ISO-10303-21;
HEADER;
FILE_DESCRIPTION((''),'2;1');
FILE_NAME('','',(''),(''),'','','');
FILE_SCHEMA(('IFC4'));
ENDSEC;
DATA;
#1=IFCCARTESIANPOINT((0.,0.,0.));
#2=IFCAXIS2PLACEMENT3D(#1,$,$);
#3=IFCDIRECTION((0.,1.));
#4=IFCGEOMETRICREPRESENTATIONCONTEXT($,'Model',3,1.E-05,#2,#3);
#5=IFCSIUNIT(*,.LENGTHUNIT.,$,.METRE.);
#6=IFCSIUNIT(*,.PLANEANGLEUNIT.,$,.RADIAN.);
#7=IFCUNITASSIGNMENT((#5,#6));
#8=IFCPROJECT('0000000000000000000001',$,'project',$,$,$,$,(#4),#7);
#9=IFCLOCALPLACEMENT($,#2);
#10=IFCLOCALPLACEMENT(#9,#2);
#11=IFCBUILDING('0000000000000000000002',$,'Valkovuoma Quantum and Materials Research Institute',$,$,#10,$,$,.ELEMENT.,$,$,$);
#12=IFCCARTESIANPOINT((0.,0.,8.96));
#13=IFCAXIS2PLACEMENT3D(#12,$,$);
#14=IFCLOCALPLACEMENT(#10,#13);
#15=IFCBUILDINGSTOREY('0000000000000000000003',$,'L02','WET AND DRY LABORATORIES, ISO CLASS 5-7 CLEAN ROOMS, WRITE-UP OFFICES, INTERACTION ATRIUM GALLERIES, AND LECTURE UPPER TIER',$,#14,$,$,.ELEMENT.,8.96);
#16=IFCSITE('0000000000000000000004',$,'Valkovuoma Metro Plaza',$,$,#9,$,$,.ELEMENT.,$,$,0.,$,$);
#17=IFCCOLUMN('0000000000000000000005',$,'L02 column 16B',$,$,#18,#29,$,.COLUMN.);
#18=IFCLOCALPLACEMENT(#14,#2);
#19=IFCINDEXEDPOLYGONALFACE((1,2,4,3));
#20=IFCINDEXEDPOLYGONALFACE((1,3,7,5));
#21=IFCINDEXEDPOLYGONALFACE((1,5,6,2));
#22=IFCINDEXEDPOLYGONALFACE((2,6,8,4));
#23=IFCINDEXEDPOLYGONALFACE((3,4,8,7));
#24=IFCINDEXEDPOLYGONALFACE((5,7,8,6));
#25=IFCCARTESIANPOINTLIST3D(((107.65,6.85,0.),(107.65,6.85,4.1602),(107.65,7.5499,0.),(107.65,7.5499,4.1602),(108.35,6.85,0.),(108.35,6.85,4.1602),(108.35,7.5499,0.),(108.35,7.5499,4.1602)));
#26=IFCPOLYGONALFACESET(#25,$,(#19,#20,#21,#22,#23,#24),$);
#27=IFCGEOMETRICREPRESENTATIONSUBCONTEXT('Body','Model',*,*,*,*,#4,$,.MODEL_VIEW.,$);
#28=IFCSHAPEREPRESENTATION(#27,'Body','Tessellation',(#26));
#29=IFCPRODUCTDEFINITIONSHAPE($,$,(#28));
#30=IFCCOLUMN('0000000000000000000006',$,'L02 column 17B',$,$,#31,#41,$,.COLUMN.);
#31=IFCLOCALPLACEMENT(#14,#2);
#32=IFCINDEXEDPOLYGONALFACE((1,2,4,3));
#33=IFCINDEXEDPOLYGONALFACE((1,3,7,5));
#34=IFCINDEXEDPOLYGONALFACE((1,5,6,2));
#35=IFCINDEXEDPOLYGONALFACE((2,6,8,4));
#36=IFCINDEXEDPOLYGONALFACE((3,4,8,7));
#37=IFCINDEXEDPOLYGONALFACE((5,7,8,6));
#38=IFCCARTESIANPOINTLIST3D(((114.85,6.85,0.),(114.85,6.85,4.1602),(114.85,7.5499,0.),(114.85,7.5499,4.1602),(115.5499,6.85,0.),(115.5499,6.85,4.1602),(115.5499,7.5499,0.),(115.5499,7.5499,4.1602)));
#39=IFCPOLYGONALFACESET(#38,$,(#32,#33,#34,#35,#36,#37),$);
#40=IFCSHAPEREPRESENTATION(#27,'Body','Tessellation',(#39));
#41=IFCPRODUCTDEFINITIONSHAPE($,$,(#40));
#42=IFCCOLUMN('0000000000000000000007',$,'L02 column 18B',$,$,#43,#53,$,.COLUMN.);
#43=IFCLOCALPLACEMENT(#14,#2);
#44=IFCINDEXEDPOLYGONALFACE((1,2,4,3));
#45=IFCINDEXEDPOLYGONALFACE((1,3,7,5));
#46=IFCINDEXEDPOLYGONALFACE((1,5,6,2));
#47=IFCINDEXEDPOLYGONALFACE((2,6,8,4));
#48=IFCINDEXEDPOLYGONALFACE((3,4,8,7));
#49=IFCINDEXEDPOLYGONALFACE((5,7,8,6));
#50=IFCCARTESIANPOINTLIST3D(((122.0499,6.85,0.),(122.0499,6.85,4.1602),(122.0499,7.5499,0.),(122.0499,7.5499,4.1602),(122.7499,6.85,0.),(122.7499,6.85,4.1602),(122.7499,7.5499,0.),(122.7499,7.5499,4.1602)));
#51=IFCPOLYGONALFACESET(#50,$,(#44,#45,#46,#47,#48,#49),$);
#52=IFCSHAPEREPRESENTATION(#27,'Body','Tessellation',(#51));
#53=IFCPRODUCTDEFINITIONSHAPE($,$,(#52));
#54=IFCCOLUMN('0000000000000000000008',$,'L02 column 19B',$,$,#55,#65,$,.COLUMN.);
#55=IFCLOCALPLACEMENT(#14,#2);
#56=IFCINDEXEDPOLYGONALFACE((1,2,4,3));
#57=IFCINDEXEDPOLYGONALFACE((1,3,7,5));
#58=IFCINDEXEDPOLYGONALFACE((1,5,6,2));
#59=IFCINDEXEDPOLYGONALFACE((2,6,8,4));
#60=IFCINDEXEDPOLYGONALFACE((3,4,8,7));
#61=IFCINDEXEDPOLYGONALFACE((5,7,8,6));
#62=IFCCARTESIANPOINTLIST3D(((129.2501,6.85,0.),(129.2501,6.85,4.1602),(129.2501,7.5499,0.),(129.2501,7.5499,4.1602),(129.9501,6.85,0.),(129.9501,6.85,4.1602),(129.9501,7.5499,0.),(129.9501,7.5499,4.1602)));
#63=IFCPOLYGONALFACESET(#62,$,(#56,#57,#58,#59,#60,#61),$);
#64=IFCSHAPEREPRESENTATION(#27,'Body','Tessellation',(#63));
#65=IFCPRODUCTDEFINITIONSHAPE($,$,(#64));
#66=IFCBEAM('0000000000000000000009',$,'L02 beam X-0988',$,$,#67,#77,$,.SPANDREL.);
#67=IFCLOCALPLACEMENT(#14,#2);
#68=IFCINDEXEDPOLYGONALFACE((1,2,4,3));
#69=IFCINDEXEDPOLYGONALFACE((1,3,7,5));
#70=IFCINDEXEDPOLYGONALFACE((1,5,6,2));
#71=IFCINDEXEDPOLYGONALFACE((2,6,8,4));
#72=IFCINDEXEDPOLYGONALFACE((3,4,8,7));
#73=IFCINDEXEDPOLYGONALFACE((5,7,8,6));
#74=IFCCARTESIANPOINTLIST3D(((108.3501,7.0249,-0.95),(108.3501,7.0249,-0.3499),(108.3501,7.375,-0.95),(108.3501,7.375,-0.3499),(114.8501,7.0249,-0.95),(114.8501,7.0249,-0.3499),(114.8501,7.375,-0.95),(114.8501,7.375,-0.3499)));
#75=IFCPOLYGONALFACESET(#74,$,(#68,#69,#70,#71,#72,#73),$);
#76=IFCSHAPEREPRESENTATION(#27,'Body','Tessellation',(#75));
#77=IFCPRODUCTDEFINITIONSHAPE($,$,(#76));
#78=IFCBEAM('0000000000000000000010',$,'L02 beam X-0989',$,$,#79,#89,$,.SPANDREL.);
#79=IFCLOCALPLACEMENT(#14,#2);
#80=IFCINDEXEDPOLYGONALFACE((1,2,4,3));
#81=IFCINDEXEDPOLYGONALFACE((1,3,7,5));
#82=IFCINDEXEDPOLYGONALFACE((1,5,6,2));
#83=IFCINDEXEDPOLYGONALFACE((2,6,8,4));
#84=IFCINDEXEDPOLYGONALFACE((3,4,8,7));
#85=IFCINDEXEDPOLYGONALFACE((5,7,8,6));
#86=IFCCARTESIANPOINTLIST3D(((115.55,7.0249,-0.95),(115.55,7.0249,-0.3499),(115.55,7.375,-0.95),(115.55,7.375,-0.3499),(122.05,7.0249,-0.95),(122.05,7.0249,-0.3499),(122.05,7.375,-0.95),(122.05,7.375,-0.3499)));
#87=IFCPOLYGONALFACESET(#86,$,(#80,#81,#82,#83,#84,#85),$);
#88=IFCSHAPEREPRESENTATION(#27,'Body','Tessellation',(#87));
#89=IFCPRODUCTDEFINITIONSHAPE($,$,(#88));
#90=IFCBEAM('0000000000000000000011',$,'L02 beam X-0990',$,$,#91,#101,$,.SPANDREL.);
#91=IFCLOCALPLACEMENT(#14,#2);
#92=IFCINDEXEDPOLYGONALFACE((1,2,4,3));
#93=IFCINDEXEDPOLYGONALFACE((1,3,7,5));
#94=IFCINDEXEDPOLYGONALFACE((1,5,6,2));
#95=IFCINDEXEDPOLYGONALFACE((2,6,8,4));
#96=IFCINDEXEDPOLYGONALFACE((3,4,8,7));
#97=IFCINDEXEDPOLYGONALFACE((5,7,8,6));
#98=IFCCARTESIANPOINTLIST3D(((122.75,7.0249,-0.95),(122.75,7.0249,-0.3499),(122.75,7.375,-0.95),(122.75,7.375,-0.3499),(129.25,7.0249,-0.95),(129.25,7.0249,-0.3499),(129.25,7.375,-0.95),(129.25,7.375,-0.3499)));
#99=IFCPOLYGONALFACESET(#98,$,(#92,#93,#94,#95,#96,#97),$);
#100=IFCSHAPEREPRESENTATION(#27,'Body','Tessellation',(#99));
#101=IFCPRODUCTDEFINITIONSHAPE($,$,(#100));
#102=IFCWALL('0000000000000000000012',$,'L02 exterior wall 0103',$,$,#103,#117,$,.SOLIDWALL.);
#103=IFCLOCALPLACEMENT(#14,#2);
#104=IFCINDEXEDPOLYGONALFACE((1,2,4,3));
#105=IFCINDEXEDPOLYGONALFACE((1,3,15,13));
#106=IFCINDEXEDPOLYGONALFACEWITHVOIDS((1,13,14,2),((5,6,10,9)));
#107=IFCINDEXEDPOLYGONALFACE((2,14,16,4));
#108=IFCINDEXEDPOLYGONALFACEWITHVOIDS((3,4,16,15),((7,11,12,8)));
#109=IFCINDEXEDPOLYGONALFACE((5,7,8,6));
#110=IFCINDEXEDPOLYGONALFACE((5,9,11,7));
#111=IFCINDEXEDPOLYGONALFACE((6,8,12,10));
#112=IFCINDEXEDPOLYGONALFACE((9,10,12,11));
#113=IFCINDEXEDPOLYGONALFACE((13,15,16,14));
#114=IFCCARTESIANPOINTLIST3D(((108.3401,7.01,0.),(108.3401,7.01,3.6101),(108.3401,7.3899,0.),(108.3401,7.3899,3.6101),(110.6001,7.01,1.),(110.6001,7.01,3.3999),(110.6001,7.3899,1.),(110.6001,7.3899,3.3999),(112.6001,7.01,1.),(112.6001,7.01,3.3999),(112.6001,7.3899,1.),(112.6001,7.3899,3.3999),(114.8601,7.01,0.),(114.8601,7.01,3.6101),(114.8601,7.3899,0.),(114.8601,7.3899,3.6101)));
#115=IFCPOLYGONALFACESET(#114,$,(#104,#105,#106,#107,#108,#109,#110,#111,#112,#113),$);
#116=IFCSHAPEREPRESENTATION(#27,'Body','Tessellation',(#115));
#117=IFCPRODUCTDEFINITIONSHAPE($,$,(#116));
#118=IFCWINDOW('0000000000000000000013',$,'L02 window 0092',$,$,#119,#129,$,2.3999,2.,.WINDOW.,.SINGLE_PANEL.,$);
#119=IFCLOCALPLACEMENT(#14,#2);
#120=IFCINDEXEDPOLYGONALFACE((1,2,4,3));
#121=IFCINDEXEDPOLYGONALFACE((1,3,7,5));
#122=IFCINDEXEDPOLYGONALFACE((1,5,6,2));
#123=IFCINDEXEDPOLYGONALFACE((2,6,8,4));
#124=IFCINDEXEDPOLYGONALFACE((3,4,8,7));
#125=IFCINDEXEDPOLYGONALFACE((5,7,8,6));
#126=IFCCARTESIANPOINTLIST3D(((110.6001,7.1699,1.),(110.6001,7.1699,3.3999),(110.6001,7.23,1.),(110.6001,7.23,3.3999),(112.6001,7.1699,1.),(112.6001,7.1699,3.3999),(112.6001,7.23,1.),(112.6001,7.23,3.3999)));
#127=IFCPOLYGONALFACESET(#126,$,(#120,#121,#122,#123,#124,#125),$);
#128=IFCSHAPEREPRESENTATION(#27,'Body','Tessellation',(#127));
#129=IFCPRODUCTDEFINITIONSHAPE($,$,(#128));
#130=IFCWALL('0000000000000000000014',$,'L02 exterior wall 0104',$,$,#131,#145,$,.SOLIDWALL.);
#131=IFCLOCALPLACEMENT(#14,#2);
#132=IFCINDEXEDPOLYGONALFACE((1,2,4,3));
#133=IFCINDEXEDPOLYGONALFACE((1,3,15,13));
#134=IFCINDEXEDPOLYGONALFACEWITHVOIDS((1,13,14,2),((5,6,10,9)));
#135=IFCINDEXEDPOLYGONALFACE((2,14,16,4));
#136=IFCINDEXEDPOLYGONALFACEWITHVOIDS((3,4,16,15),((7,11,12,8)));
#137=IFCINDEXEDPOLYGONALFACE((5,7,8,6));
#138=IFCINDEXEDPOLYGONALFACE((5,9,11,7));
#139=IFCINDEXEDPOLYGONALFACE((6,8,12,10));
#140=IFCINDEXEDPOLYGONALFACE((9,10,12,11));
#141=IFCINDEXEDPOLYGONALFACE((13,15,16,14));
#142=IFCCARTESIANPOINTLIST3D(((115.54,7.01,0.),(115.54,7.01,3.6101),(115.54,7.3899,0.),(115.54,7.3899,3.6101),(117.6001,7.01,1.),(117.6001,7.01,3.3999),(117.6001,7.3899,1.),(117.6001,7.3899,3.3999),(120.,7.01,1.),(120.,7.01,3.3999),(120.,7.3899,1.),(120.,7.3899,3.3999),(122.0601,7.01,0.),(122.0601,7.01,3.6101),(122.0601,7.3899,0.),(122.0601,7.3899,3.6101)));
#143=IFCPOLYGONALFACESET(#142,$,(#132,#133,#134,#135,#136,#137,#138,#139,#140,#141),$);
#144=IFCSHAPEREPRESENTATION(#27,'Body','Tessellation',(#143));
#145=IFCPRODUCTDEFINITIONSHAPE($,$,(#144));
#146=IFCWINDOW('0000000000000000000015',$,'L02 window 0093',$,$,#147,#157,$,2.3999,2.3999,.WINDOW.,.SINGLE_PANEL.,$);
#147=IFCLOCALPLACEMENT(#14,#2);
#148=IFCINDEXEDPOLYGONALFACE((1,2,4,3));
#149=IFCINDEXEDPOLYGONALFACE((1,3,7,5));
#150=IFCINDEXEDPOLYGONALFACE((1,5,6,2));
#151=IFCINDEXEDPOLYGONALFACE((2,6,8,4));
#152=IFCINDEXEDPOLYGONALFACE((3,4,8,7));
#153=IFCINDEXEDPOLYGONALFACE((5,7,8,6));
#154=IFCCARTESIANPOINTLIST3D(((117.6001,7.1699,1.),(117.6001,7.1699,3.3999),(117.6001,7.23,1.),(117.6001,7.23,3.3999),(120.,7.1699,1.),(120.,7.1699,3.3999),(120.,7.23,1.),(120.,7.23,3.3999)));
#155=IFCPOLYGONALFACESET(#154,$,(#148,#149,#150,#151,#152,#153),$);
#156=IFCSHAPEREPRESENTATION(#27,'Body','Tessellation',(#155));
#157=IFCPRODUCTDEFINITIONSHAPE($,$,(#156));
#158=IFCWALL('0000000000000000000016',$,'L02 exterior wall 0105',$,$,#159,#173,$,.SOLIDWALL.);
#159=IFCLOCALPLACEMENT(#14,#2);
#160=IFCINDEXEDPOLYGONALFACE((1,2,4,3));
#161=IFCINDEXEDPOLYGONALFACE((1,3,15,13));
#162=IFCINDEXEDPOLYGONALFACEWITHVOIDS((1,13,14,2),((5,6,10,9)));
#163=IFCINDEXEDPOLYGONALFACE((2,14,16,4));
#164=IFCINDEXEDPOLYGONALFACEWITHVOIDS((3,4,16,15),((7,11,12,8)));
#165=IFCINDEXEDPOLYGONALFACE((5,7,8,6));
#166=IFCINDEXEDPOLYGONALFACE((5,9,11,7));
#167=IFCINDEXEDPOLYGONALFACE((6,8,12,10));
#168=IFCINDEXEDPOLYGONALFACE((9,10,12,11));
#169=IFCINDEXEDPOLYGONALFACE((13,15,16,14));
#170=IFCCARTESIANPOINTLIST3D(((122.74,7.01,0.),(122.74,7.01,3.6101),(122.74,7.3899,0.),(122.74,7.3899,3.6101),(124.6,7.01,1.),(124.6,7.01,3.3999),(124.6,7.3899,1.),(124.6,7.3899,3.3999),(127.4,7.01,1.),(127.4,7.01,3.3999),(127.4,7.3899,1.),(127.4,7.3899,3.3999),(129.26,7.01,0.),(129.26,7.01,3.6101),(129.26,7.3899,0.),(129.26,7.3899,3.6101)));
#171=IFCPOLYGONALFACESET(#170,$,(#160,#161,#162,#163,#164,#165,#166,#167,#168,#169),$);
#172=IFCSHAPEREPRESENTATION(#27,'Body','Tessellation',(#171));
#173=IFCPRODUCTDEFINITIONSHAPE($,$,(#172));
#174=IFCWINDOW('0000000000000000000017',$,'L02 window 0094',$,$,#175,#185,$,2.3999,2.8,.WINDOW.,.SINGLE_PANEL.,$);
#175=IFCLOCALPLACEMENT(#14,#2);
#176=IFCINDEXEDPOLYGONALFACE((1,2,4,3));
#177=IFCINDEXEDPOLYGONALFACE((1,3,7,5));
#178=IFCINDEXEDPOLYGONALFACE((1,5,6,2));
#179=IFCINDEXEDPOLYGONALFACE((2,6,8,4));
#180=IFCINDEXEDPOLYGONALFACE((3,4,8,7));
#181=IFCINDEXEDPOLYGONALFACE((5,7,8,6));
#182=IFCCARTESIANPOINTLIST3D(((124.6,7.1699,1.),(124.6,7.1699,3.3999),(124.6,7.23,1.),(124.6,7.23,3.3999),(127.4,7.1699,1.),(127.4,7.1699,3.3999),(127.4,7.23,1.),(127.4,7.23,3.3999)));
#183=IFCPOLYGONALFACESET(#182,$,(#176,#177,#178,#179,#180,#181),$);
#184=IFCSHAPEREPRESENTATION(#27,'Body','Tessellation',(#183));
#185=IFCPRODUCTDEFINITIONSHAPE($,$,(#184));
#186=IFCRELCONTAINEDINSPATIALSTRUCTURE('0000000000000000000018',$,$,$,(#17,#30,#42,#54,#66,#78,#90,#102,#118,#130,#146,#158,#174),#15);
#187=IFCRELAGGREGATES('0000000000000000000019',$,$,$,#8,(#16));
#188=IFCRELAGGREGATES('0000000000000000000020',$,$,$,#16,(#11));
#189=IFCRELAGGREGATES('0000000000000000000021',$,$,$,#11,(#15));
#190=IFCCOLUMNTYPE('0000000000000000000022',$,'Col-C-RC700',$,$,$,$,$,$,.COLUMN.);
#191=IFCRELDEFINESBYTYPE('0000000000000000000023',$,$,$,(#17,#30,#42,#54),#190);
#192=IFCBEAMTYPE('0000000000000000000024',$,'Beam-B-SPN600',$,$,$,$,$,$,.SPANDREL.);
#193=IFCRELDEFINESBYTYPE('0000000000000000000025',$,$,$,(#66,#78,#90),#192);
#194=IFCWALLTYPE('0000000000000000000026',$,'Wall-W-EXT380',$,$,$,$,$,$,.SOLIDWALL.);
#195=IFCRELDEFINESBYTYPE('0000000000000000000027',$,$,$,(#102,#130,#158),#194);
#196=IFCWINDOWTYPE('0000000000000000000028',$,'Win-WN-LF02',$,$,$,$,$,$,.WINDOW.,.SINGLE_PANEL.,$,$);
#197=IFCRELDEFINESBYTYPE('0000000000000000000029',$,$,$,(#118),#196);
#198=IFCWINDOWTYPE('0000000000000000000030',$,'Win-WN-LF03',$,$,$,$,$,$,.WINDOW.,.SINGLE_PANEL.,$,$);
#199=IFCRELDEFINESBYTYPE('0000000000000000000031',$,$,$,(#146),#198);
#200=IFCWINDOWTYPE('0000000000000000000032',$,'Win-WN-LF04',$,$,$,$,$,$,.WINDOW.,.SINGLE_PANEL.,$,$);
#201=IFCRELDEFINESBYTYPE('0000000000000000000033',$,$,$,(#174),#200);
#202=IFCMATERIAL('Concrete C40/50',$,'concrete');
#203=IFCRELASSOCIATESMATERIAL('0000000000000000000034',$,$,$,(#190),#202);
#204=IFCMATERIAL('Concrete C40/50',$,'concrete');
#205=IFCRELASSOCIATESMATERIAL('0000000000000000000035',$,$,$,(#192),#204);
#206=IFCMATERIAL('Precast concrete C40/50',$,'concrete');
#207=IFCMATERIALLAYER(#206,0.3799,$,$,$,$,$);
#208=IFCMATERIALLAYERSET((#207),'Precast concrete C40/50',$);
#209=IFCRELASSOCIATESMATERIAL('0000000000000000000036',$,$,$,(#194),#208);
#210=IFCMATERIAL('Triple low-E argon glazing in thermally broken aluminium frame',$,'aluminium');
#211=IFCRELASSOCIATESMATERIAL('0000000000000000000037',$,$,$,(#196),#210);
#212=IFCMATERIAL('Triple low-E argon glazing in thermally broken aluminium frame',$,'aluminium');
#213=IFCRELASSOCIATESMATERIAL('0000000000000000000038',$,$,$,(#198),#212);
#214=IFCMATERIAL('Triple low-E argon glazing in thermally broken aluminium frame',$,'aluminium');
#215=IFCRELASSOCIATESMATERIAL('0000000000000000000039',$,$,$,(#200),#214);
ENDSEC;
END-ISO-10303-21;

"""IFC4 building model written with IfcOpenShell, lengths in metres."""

from ifc_helpers import new_model, si_unit, direction, frame, frame_2d, origin, origin_2d, place, context, subcontext, project, spatial, rectangle, extrude, material, layer, layer_set, material_profile, profile_set, type_object, element, fill, save


model = new_model("IFC4")

# Units and contexts
model_context = context("Model", 3, precision=1e-05, world=origin(), true_north=direction((0.0, 1.0)))
body_context = subcontext(model_context, "Body", "Model", "MODEL_VIEW")
ifc_project = project(units=[si_unit("LENGTHUNIT", "METRE"), si_unit("PLANEANGLEUNIT", "RADIAN")], contexts=[model_context])

# Site, building, storey
site_placement = place(None, origin())
site = spatial("IfcSite", under=ifc_project, at=site_placement, Name="Valkovuoma Metro Plaza", CompositionType="ELEMENT", RefElevation=0.0)
building_placement = place(site_placement, origin())
building = spatial("IfcBuilding", under=site, at=building_placement, Name="Valkovuoma Quantum and Materials Research Institute", CompositionType="ELEMENT")
storey_placement = place(building_placement, frame((0.0, 0.0, 8.96)))
storey = spatial("IfcBuildingStorey", under=building, at=storey_placement, Name="L02", Description="WET AND DRY LABORATORIES, ISO CLASS 5-7 CLEAN ROOMS, WRITE-UP OFFICES, INTERACTION ATRIUM GALLERIES, AND LECTURE UPPER TIER", CompositionType="ELEMENT", Elevation=8.96)

# Columns
ifc_material_1 = material(Name="Concrete C40/50", Category="concrete")
ifc_material_profile_1 = material_profile(ifc_material_1, rectangle(XDim=0.7, YDim=0.7, at=origin_2d()), Name="Concrete C40/50")
ifc_profile_set_1 = profile_set([ifc_material_profile_1], Name="Concrete C40/50")
column_type = type_object("IfcColumnType", Name="Col-C-RC700", PredefinedType="COLUMN", material=ifc_profile_set_1)
for number, where, z_axis, x_axis, name in (
    (1, (108.0, 7.2, 0.0), (0.0, 0.0, 1.0), (1.0, 0.0, 0.0), "L02 column 16B"),
    (2, (115.2, 7.2, 0.0), (0.0, 0.0, 1.0), (1.0, 0.0, 0.0), "L02 column 17B"),
    (3, (122.3999, 7.2, 0.0), (0.0, 0.0, 1.0), (1.0, 0.0, 0.0), "L02 column 18B"),
    (4, (129.6001, 7.2, 0.0), (0.0, 0.0, 1.0), (1.0, 0.0, 0.0), "L02 column 19B"),
):
    element("IfcColumn", number, at=place(storey_placement, frame(where, z_axis=z_axis, x_axis=x_axis)), inside=storey, type_object=column_type, Name=name, PredefinedType="COLUMN", context=body_context, shape_type="SweptSolid", body=[
        extrude(rectangle(XDim=0.7, YDim=0.7, at=origin_2d()), origin(), (0.0, 0.0, 1.0), 4.1602),
    ])

# Beams
ifc_material_2 = material(Name="Concrete C40/50", Category="concrete")
ifc_material_profile_2 = material_profile(ifc_material_2, rectangle(XDim=0.3501, YDim=0.6001, at=origin_2d()), Name="Concrete C40/50")
ifc_profile_set_2 = profile_set([ifc_material_profile_2], Name="Concrete C40/50")
beam_type = type_object("IfcBeamType", Name="Beam-B-SPN600", PredefinedType="SPANDREL", material=ifc_profile_set_2)
for number, where, z_axis, x_axis, name in (
    (5, (108.3501, 7.2, -0.6499), (1.0, 0.0, 0.0), (0.0, 1.0, 0.0), "L02 beam X-0988"),
    (6, (115.55, 7.2, -0.6499), (1.0, 0.0, 0.0), (0.0, 1.0, 0.0), "L02 beam X-0989"),
    (7, (122.75, 7.2, -0.6499), (1.0, 0.0, 0.0), (0.0, 1.0, 0.0), "L02 beam X-0990"),
):
    element("IfcBeam", number, at=place(storey_placement, frame(where, z_axis=z_axis, x_axis=x_axis)), inside=storey, type_object=beam_type, Name=name, PredefinedType="SPANDREL", context=body_context, shape_type="SweptSolid", body=[
        extrude(rectangle(XDim=0.3501, YDim=0.6001, at=origin_2d()), origin(), (0.0, 0.0, 1.0), 6.5),
    ])

# Walls, openings, windows
ifc_material_3 = material(Name="Precast concrete C40/50", Category="concrete")
ifc_layer_1 = layer(ifc_material_3, 0.3799)
ifc_layer_set_1 = layer_set([ifc_layer_1], Name="Precast concrete C40/50")
wall_type_1 = type_object("IfcWallType", Name="Wall-W-EXT380", PredefinedType="SOLIDWALL", material=ifc_layer_set_1)
wall_1_placement = place(storey_placement, frame((108.3401, 7.2, 0.0), z_axis=(0.0, 0.0, 1.0), x_axis=(1.0, 0.0, 0.0)))
wall_1 = element("IfcWall", 8, at=wall_1_placement, inside=storey, type_object=wall_type_1, Name="L02 exterior wall 0103", PredefinedType="SOLIDWALL", context=body_context, shape_type="SweptSolid", body=[
    extrude(rectangle(XDim=6.52, YDim=0.3799, at=frame_2d((3.26, 0.0))), origin(), (0.0, 0.0, 1.0), 3.6101),
])
opening_1_placement = place(wall_1_placement, frame((2.26, 0.0, 1.0)))
opening_1 = element("IfcOpeningElement", 9, at=opening_1_placement, cuts=wall_1, PredefinedType="OPENING", context=body_context, shape_type="SweptSolid", body=[
    extrude(rectangle(XDim=2.0, YDim=2.3999, at=frame_2d((1.0, 1.2))), frame((0.0, 0.2, 0.0), z_axis=(0.0, -1.0, 0.0), x_axis=(1.0, 0.0, 0.0)), (0.0, 0.0, 1.0), 0.3999),
])
ifc_material_4 = material(Name="Triple low-E argon glazing in thermally broken aluminium frame", Category="aluminium")
window_type_1 = type_object("IfcWindowType", Name="Win-WN-LF02", PartitioningType="SINGLE_PANEL", PredefinedType="WINDOW", material=ifc_material_4)
window_1_placement = place(opening_1_placement, origin())
window_1 = element("IfcWindow", 10, at=window_1_placement, inside=storey, type_object=window_type_1, Name="L02 window 0092", OverallHeight=2.3999, OverallWidth=2.0, PartitioningType="SINGLE_PANEL", PredefinedType="WINDOW", context=body_context, shape_type="SweptSolid", body=[
    extrude(rectangle(XDim=2.0, YDim=2.3999, at=frame_2d((1.0, 1.2))), frame((0.0, 0.03, 0.0), z_axis=(0.0, -1.0, 0.0), x_axis=(1.0, 0.0, 0.0)), (0.0, 0.0, 1.0), 0.0601),
])
fill(opening_1, window_1)
wall_2_placement = place(storey_placement, frame((115.54, 7.2, 0.0), z_axis=(0.0, 0.0, 1.0), x_axis=(1.0, 0.0, 0.0)))
wall_2 = element("IfcWall", 11, at=wall_2_placement, inside=storey, type_object=wall_type_1, Name="L02 exterior wall 0104", PredefinedType="SOLIDWALL", context=body_context, shape_type="SweptSolid", body=[
    extrude(rectangle(XDim=6.52, YDim=0.3799, at=frame_2d((3.26, 0.0))), origin(), (0.0, 0.0, 1.0), 3.6101),
])
opening_2_placement = place(wall_2_placement, frame((2.0601, 0.0, 1.0)))
opening_2 = element("IfcOpeningElement", 12, at=opening_2_placement, cuts=wall_2, PredefinedType="OPENING", context=body_context, shape_type="SweptSolid", body=[
    extrude(rectangle(XDim=2.3999, YDim=2.3999, at=frame_2d((1.2, 1.2))), frame((0.0, 0.2, 0.0), z_axis=(0.0, -1.0, 0.0), x_axis=(1.0, 0.0, 0.0)), (0.0, 0.0, 1.0), 0.3999),
])
ifc_material_5 = material(Name="Triple low-E argon glazing in thermally broken aluminium frame", Category="aluminium")
window_type_2 = type_object("IfcWindowType", Name="Win-WN-LF03", PartitioningType="SINGLE_PANEL", PredefinedType="WINDOW", material=ifc_material_5)
window_2_placement = place(opening_2_placement, origin())
window_2 = element("IfcWindow", 13, at=window_2_placement, inside=storey, type_object=window_type_2, Name="L02 window 0093", OverallHeight=2.3999, OverallWidth=2.3999, PartitioningType="SINGLE_PANEL", PredefinedType="WINDOW", context=body_context, shape_type="SweptSolid", body=[
    extrude(rectangle(XDim=2.3999, YDim=2.3999, at=frame_2d((1.2, 1.2))), frame((0.0, 0.03, 0.0), z_axis=(0.0, -1.0, 0.0), x_axis=(1.0, 0.0, 0.0)), (0.0, 0.0, 1.0), 0.0601),
])
fill(opening_2, window_2)
wall_3_placement = place(storey_placement, frame((122.74, 7.2, 0.0), z_axis=(0.0, 0.0, 1.0), x_axis=(1.0, 0.0, 0.0)))
wall_3 = element("IfcWall", 14, at=wall_3_placement, inside=storey, type_object=wall_type_1, Name="L02 exterior wall 0105", PredefinedType="SOLIDWALL", context=body_context, shape_type="SweptSolid", body=[
    extrude(rectangle(XDim=6.52, YDim=0.3799, at=frame_2d((3.26, 0.0))), origin(), (0.0, 0.0, 1.0), 3.6101),
])
opening_3_placement = place(wall_3_placement, frame((1.8601, 0.0, 1.0)))
opening_3 = element("IfcOpeningElement", 15, at=opening_3_placement, cuts=wall_3, PredefinedType="OPENING", context=body_context, shape_type="SweptSolid", body=[
    extrude(rectangle(XDim=2.8, YDim=2.3999, at=frame_2d((1.3999, 1.2))), frame((0.0, 0.2, 0.0), z_axis=(0.0, -1.0, 0.0), x_axis=(1.0, 0.0, 0.0)), (0.0, 0.0, 1.0), 0.3999),
])
ifc_material_6 = material(Name="Triple low-E argon glazing in thermally broken aluminium frame", Category="aluminium")
window_type_3 = type_object("IfcWindowType", Name="Win-WN-LF04", PartitioningType="SINGLE_PANEL", PredefinedType="WINDOW", material=ifc_material_6)
window_3_placement = place(opening_3_placement, origin())
window_3 = element("IfcWindow", 16, at=window_3_placement, inside=storey, type_object=window_type_3, Name="L02 window 0094", OverallHeight=2.3999, OverallWidth=2.8, PartitioningType="SINGLE_PANEL", PredefinedType="WINDOW", context=body_context, shape_type="SweptSolid", body=[
    extrude(rectangle(XDim=2.8, YDim=2.3999, at=frame_2d((1.3999, 1.2))), frame((0.0, 0.03, 0.0), z_axis=(0.0, -1.0, 0.0), x_axis=(1.0, 0.0, 0.0)), (0.0, 0.0, 1.0), 0.0601),
])
fill(opening_3, window_3)

save(model, "model.ifc")
